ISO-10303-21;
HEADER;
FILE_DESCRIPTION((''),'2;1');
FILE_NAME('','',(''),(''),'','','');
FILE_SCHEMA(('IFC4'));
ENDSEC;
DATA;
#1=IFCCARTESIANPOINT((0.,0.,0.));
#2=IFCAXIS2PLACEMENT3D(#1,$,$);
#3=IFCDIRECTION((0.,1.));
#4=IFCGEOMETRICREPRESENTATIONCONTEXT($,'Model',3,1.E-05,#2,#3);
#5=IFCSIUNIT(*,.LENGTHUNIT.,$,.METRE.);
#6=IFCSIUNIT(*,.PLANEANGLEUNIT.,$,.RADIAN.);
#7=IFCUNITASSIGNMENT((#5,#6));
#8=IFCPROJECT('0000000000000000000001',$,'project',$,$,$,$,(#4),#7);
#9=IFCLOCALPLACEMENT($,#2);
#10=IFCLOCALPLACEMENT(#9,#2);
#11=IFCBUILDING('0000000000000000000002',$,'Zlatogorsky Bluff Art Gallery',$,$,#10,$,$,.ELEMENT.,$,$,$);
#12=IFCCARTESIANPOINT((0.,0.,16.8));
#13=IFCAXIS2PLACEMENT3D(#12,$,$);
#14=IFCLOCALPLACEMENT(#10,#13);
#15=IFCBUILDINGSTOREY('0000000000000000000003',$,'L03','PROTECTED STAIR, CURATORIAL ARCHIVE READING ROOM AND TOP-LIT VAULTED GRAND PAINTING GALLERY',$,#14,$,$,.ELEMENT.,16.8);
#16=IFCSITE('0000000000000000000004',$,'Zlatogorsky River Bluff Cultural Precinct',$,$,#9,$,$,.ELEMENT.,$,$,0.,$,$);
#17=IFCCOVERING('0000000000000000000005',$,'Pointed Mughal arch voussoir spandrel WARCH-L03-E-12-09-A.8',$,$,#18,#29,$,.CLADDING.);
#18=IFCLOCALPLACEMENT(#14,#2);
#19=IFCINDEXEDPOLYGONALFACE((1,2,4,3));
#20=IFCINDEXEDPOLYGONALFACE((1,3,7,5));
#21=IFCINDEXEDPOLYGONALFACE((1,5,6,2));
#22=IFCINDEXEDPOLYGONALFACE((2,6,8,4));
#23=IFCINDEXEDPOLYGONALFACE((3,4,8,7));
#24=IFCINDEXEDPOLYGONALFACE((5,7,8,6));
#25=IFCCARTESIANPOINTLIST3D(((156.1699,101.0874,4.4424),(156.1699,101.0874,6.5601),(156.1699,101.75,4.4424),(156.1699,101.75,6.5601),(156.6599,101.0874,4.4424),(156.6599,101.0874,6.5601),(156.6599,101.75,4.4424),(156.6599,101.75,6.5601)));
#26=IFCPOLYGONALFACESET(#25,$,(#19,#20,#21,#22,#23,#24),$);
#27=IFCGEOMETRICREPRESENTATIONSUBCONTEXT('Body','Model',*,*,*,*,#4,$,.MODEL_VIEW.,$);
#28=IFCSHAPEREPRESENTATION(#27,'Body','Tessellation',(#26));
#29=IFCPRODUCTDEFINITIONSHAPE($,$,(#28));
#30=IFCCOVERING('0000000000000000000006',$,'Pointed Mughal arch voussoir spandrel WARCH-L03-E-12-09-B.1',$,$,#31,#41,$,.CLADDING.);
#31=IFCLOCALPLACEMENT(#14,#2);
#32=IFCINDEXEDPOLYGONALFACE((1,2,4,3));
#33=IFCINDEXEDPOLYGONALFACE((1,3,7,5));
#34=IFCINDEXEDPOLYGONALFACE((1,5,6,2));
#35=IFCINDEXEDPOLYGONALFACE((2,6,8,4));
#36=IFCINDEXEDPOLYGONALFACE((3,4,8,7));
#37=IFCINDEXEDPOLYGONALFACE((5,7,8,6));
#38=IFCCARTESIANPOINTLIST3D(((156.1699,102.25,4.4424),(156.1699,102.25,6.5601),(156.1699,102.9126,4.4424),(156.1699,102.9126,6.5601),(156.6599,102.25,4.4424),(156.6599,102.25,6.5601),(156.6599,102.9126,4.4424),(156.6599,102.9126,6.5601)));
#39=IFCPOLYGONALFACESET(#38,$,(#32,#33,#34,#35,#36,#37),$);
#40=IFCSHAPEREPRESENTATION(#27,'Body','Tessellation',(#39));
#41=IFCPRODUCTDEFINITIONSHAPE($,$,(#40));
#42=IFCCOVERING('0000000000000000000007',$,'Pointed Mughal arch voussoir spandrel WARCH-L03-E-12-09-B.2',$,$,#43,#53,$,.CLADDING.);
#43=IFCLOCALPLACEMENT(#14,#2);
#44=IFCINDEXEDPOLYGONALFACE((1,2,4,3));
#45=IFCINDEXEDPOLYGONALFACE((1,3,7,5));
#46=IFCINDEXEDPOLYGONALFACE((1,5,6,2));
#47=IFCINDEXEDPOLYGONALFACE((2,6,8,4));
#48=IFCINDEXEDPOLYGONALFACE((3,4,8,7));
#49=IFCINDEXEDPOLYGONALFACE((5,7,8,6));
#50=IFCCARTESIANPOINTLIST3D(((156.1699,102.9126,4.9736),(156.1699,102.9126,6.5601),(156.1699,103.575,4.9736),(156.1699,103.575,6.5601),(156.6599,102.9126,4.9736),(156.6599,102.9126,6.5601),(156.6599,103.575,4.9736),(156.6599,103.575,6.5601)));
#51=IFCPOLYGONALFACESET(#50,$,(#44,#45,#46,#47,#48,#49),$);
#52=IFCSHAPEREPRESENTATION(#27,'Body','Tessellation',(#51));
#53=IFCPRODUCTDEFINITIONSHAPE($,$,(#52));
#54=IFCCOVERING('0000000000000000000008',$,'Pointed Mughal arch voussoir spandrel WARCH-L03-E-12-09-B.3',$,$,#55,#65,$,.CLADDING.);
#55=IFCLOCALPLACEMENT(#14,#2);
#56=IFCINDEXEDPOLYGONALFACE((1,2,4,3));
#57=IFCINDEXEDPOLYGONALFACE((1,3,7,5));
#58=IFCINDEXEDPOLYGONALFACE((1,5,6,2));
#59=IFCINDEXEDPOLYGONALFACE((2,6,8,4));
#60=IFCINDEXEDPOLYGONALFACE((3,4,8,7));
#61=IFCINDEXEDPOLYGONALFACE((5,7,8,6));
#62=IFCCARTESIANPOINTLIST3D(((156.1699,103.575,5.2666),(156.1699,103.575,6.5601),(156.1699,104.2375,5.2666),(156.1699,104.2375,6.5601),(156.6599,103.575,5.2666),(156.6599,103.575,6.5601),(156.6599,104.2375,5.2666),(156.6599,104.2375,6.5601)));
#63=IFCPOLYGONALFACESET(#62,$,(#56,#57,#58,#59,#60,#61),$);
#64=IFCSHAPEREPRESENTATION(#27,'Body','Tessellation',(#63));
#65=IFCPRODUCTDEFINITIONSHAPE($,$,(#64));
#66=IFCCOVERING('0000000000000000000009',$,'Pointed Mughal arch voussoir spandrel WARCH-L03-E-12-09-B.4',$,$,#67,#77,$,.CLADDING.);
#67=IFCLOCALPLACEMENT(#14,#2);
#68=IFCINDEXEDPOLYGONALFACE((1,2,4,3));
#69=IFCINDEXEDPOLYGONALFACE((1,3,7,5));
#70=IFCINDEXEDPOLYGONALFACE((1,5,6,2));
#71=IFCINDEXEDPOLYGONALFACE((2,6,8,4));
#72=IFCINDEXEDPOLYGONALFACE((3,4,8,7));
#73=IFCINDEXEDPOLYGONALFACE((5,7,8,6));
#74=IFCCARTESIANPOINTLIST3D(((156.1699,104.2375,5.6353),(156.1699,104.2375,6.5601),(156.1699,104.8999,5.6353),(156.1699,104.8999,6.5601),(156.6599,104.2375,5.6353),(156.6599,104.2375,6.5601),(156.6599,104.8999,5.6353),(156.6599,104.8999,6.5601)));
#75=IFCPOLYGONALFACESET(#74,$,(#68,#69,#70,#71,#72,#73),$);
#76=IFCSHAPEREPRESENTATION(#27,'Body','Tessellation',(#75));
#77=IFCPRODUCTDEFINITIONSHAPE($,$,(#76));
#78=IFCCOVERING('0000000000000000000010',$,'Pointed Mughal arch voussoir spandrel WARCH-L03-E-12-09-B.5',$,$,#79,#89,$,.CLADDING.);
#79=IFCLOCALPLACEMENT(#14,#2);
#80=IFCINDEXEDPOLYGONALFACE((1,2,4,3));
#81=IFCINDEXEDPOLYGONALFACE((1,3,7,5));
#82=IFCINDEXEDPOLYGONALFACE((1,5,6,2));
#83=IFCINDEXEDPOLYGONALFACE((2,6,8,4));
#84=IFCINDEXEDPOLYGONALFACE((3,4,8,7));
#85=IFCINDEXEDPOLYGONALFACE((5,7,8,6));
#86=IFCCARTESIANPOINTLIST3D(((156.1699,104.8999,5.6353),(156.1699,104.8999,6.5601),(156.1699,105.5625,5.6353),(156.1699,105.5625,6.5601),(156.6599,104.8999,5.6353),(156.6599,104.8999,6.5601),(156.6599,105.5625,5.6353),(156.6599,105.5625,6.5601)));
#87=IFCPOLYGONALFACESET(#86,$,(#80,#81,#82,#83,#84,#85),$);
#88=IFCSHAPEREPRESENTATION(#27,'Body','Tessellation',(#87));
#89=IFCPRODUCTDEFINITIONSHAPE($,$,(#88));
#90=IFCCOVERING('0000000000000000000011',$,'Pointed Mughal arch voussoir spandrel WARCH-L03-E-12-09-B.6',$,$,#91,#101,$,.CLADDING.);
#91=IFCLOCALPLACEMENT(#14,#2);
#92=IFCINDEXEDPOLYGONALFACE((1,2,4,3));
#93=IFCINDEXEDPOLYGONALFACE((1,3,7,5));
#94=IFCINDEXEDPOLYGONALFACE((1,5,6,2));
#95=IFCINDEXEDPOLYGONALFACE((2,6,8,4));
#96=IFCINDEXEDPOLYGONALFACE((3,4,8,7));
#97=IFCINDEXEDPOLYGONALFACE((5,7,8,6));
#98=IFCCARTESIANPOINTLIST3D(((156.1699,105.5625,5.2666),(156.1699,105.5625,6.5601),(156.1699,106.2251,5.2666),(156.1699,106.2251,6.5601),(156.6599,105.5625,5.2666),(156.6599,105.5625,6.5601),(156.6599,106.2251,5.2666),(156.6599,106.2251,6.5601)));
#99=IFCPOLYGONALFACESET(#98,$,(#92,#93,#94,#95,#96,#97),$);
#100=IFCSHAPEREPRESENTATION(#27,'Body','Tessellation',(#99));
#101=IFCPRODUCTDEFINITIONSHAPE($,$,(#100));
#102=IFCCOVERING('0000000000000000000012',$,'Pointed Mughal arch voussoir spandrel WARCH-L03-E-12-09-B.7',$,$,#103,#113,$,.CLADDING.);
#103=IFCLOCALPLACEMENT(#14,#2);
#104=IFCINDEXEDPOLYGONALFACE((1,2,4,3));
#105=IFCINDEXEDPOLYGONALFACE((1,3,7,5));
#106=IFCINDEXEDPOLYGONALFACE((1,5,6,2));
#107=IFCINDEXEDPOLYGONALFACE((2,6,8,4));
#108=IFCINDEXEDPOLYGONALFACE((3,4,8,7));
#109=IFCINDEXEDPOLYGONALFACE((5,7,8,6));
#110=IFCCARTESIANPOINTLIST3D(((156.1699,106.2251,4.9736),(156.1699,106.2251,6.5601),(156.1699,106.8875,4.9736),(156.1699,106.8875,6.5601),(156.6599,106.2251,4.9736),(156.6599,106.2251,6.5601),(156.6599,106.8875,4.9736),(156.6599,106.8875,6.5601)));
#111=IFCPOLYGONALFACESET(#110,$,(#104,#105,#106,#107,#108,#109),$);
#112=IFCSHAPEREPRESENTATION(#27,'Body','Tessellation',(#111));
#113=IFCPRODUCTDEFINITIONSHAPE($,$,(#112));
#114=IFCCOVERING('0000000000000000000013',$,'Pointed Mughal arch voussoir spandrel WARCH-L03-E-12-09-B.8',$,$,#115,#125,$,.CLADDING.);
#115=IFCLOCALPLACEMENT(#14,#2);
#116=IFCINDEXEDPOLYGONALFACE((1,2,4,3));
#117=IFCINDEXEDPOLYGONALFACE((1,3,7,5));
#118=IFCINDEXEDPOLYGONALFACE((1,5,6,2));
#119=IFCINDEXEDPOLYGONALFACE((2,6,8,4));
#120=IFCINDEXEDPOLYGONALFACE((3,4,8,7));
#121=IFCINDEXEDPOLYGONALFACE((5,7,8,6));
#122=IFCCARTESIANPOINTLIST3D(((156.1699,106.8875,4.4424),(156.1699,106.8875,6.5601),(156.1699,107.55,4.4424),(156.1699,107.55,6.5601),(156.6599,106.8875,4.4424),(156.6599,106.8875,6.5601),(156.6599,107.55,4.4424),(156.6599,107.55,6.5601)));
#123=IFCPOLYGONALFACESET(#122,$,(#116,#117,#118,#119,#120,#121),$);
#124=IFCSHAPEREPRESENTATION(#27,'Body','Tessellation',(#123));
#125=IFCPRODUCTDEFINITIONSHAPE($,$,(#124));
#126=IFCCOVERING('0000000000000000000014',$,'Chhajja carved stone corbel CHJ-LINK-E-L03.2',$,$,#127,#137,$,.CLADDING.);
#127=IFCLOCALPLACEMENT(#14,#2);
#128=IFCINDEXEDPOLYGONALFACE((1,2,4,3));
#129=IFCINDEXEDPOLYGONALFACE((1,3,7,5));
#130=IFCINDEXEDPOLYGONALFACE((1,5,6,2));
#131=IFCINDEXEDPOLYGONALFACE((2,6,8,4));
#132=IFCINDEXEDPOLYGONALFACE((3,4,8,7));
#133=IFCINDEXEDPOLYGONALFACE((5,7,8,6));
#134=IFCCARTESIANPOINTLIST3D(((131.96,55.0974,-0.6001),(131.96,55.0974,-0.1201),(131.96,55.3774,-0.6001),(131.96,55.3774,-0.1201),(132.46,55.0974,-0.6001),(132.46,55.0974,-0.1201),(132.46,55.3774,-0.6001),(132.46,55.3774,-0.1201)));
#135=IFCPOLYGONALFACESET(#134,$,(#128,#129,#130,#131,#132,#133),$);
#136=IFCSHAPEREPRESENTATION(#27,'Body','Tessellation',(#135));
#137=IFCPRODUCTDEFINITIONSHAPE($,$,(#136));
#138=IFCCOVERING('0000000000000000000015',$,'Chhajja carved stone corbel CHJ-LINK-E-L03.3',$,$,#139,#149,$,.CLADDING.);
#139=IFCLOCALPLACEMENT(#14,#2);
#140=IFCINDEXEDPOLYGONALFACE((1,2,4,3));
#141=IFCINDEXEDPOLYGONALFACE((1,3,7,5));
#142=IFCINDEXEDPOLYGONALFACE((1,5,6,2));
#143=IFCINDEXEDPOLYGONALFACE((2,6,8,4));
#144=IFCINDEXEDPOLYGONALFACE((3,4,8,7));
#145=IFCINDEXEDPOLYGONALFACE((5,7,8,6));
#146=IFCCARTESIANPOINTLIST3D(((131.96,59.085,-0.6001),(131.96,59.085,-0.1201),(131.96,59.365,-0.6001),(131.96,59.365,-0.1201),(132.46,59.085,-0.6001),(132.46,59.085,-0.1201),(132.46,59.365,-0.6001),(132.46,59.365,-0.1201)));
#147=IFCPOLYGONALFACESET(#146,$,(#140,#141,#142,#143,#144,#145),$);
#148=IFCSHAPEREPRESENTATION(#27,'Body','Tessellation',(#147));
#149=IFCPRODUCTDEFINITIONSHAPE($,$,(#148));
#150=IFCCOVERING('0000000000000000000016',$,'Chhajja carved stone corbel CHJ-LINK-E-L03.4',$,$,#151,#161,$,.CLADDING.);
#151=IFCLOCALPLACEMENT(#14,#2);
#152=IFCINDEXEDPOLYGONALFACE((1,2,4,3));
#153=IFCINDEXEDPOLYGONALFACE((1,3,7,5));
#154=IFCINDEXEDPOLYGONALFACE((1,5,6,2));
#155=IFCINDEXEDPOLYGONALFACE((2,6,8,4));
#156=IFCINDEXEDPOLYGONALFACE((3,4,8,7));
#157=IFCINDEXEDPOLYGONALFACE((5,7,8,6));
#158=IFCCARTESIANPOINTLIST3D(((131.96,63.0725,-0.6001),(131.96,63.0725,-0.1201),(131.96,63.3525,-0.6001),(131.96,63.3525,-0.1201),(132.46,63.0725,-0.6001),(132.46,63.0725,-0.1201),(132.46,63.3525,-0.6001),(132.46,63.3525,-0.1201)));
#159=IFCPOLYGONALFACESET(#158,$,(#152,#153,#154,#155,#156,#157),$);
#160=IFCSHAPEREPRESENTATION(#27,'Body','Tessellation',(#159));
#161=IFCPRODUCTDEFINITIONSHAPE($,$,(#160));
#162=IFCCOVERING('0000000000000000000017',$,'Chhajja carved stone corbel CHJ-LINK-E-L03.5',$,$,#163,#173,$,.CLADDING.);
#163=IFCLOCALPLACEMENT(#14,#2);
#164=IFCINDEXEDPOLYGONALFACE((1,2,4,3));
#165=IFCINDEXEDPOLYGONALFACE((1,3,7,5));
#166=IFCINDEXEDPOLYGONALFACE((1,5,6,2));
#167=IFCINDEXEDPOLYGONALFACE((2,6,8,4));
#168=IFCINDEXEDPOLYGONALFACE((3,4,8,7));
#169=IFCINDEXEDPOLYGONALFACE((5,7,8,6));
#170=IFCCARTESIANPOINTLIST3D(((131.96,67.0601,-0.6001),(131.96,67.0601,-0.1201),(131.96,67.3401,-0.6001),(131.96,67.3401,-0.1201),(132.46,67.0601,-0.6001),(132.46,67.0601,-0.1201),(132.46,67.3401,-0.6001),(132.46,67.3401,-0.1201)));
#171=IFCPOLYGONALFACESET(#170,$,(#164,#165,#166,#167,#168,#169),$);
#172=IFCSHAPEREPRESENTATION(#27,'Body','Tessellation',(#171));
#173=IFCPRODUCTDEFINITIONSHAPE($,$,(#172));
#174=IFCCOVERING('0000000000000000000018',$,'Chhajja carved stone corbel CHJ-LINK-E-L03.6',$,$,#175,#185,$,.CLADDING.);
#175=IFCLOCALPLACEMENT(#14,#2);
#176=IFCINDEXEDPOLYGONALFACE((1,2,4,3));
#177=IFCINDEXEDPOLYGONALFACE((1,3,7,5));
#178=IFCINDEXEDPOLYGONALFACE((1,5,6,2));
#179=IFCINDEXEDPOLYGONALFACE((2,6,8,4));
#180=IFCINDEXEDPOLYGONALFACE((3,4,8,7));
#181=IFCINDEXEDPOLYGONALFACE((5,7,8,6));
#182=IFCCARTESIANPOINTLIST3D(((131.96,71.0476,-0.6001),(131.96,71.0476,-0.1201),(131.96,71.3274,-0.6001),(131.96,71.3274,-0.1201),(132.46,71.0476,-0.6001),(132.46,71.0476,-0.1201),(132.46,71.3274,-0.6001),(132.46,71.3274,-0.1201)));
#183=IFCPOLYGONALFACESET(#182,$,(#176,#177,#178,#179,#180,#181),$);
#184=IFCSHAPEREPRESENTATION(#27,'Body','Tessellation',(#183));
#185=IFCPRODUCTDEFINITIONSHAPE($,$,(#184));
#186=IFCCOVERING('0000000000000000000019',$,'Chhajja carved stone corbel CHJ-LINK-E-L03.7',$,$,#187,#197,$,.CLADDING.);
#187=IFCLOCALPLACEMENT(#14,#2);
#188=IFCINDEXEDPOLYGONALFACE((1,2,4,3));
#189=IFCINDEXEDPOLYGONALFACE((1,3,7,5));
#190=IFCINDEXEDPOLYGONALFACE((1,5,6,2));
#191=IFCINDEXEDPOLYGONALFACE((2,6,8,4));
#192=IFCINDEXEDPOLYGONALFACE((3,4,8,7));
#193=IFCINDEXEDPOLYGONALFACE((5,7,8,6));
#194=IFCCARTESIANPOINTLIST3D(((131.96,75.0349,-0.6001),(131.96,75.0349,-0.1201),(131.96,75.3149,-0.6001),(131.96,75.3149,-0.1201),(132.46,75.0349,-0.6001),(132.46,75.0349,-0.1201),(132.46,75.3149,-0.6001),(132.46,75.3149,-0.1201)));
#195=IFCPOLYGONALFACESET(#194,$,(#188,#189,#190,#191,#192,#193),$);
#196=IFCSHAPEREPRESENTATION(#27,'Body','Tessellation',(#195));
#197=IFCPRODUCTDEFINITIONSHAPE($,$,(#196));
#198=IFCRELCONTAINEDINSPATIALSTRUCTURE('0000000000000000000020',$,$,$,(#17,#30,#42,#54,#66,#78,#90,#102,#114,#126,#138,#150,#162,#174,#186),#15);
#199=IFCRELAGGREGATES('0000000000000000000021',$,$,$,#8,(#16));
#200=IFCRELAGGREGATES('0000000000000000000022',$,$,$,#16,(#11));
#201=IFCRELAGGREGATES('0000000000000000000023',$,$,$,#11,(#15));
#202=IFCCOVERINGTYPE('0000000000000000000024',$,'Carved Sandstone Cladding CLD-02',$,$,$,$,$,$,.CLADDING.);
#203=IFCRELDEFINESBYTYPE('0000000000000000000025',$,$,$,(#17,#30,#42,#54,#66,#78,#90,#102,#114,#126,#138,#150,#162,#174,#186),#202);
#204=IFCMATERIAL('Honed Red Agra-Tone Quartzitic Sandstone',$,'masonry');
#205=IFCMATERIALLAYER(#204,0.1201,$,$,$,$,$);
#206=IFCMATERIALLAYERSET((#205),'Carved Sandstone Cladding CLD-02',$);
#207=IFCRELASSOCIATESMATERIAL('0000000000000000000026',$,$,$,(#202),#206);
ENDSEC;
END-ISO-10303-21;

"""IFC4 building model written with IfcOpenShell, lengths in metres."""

from ifc_helpers import new_model, si_unit, direction, frame, origin, place, context, subcontext, project, spatial, polyline, outline, extrude, material, layer, layer_set, type_object, element, save


model = new_model("IFC4")

# Units and contexts
model_context = context("Model", 3, precision=1e-05, world=origin(), true_north=direction((0.0, 1.0)))
body_context = subcontext(model_context, "Body", "Model", "MODEL_VIEW")
ifc_project = project(units=[si_unit("LENGTHUNIT", "METRE"), si_unit("PLANEANGLEUNIT", "RADIAN")], contexts=[model_context])

# Site, building, storey
site_placement = place(None, origin())
site = spatial("IfcSite", under=ifc_project, at=site_placement, Name="Zlatogorsky River Bluff Cultural Precinct", CompositionType="ELEMENT", RefElevation=0.0)
building_placement = place(site_placement, origin())
building = spatial("IfcBuilding", under=site, at=building_placement, Name="Zlatogorsky Bluff Art Gallery", CompositionType="ELEMENT")
storey_placement = place(building_placement, frame((0.0, 0.0, 16.8)))
storey = spatial("IfcBuildingStorey", under=building, at=storey_placement, Name="L03", Description="PROTECTED STAIR, CURATORIAL ARCHIVE READING ROOM AND TOP-LIT VAULTED GRAND PAINTING GALLERY", CompositionType="ELEMENT", Elevation=16.8)

# Coverings
ifc_material = material(Name="Honed Red Agra-Tone Quartzitic Sandstone", Category="masonry")
ifc_layer = layer(ifc_material, 0.1201)
ifc_layer_set = layer_set([ifc_layer], Name="Carved Sandstone Cladding CLD-02")
covering_type = type_object("IfcCoveringType", Name="Carved Sandstone Cladding CLD-02", PredefinedType="CLADDING", material=ifc_layer_set)
covering_1_placement = place(storey_placement, frame((0.0, 0.0, 4.4424)))
element("IfcCovering", 1, at=covering_1_placement, inside=storey, type_object=covering_type, Name="Pointed Mughal arch voussoir spandrel WARCH-L03-E-12-09-A.8", PredefinedType="CLADDING", context=body_context, shape_type="SweptSolid", body=[
    extrude(outline(polyline([(156.1699, 101.0874), (156.1699, 101.75), (156.6599, 101.75), (156.6599, 101.0874), (156.1699, 101.0874)])), origin(), (0.0, 0.0, 1.0), 2.1177),
])
covering_2_placement = place(storey_placement, frame((0.0, 0.0, 4.4424)))
element("IfcCovering", 2, at=covering_2_placement, inside=storey, type_object=covering_type, Name="Pointed Mughal arch voussoir spandrel WARCH-L03-E-12-09-B.1", PredefinedType="CLADDING", context=body_context, shape_type="SweptSolid", body=[
    extrude(outline(polyline([(156.1699, 102.25), (156.1699, 102.9126), (156.6599, 102.9126), (156.6599, 102.25), (156.1699, 102.25)])), origin(), (0.0, 0.0, 1.0), 2.1177),
])
covering_3_placement = place(storey_placement, frame((0.0, 0.0, 4.9736)))
element("IfcCovering", 3, at=covering_3_placement, inside=storey, type_object=covering_type, Name="Pointed Mughal arch voussoir spandrel WARCH-L03-E-12-09-B.2", PredefinedType="CLADDING", context=body_context, shape_type="SweptSolid", body=[
    extrude(outline(polyline([(156.1699, 102.9126), (156.1699, 103.575), (156.6599, 103.575), (156.6599, 102.9126), (156.1699, 102.9126)])), origin(), (0.0, 0.0, 1.0), 1.5864),
])
covering_4_placement = place(storey_placement, frame((0.0, 0.0, 5.2666)))
element("IfcCovering", 4, at=covering_4_placement, inside=storey, type_object=covering_type, Name="Pointed Mughal arch voussoir spandrel WARCH-L03-E-12-09-B.3", PredefinedType="CLADDING", context=body_context, shape_type="SweptSolid", body=[
    extrude(outline(polyline([(156.1699, 103.575), (156.1699, 104.2375), (156.6599, 104.2375), (156.6599, 103.575), (156.1699, 103.575)])), origin(), (0.0, 0.0, 1.0), 1.2935),
])
covering_5_placement = place(storey_placement, frame((0.0, 0.0, 5.6353)))
element("IfcCovering", 5, at=covering_5_placement, inside=storey, type_object=covering_type, Name="Pointed Mughal arch voussoir spandrel WARCH-L03-E-12-09-B.4", PredefinedType="CLADDING", context=body_context, shape_type="SweptSolid", body=[
    extrude(outline(polyline([(156.1699, 104.2375), (156.1699, 104.8999), (156.6599, 104.8999), (156.6599, 104.2375), (156.1699, 104.2375)])), origin(), (0.0, 0.0, 1.0), 0.9248),
])
covering_6_placement = place(storey_placement, frame((0.0, 0.0, 5.6353)))
element("IfcCovering", 6, at=covering_6_placement, inside=storey, type_object=covering_type, Name="Pointed Mughal arch voussoir spandrel WARCH-L03-E-12-09-B.5", PredefinedType="CLADDING", context=body_context, shape_type="SweptSolid", body=[
    extrude(outline(polyline([(156.1699, 104.8999), (156.1699, 105.5625), (156.6599, 105.5625), (156.6599, 104.8999), (156.1699, 104.8999)])), origin(), (0.0, 0.0, 1.0), 0.9248),
])
covering_7_placement = place(storey_placement, frame((0.0, 0.0, 5.2666)))
element("IfcCovering", 7, at=covering_7_placement, inside=storey, type_object=covering_type, Name="Pointed Mughal arch voussoir spandrel WARCH-L03-E-12-09-B.6", PredefinedType="CLADDING", context=body_context, shape_type="SweptSolid", body=[
    extrude(outline(polyline([(156.1699, 105.5625), (156.1699, 106.2251), (156.6599, 106.2251), (156.6599, 105.5625), (156.1699, 105.5625)])), origin(), (0.0, 0.0, 1.0), 1.2935),
])
covering_8_placement = place(storey_placement, frame((0.0, 0.0, 4.9736)))
element("IfcCovering", 8, at=covering_8_placement, inside=storey, type_object=covering_type, Name="Pointed Mughal arch voussoir spandrel WARCH-L03-E-12-09-B.7", PredefinedType="CLADDING", context=body_context, shape_type="SweptSolid", body=[
    extrude(outline(polyline([(156.1699, 106.2251), (156.1699, 106.8875), (156.6599, 106.8875), (156.6599, 106.2251), (156.1699, 106.2251)])), origin(), (0.0, 0.0, 1.0), 1.5864),
])
covering_9_placement = place(storey_placement, frame((0.0, 0.0, 4.4424)))
element("IfcCovering", 9, at=covering_9_placement, inside=storey, type_object=covering_type, Name="Pointed Mughal arch voussoir spandrel WARCH-L03-E-12-09-B.8", PredefinedType="CLADDING", context=body_context, shape_type="SweptSolid", body=[
    extrude(outline(polyline([(156.1699, 106.8875), (156.1699, 107.55), (156.6599, 107.55), (156.6599, 106.8875), (156.1699, 106.8875)])), origin(), (0.0, 0.0, 1.0), 2.1177),
])
covering_10_placement = place(storey_placement, frame((0.0, 0.0, -0.6001)))
element("IfcCovering", 10, at=covering_10_placement, inside=storey, type_object=covering_type, Name="Chhajja carved stone corbel CHJ-LINK-E-L03.2", PredefinedType="CLADDING", context=body_context, shape_type="SweptSolid", body=[
    extrude(outline(polyline([(131.96, 55.0974), (131.96, 55.3774), (132.46, 55.3774), (132.46, 55.0974), (131.96, 55.0974)])), origin(), (0.0, 0.0, 1.0), 0.48),
])
covering_11_placement = place(storey_placement, frame((0.0, 0.0, -0.6001)))
element("IfcCovering", 11, at=covering_11_placement, inside=storey, type_object=covering_type, Name="Chhajja carved stone corbel CHJ-LINK-E-L03.3", PredefinedType="CLADDING", context=body_context, shape_type="SweptSolid", body=[
    extrude(outline(polyline([(131.96, 59.085), (131.96, 59.365), (132.46, 59.365), (132.46, 59.085), (131.96, 59.085)])), origin(), (0.0, 0.0, 1.0), 0.48),
])
covering_12_placement = place(storey_placement, frame((0.0, 0.0, -0.6001)))
element("IfcCovering", 12, at=covering_12_placement, inside=storey, type_object=covering_type, Name="Chhajja carved stone corbel CHJ-LINK-E-L03.4", PredefinedType="CLADDING", context=body_context, shape_type="SweptSolid", body=[
    extrude(outline(polyline([(131.96, 63.0725), (131.96, 63.3525), (132.46, 63.3525), (132.46, 63.0725), (131.96, 63.0725)])), origin(), (0.0, 0.0, 1.0), 0.48),
])
covering_13_placement = place(storey_placement, frame((0.0, 0.0, -0.6001)))
element("IfcCovering", 13, at=covering_13_placement, inside=storey, type_object=covering_type, Name="Chhajja carved stone corbel CHJ-LINK-E-L03.5", PredefinedType="CLADDING", context=body_context, shape_type="SweptSolid", body=[
    extrude(outline(polyline([(131.96, 67.0601), (131.96, 67.3401), (132.46, 67.3401), (132.46, 67.0601), (131.96, 67.0601)])), origin(), (0.0, 0.0, 1.0), 0.48),
])
covering_14_placement = place(storey_placement, frame((0.0, 0.0, -0.6001)))
element("IfcCovering", 14, at=covering_14_placement, inside=storey, type_object=covering_type, Name="Chhajja carved stone corbel CHJ-LINK-E-L03.6", PredefinedType="CLADDING", context=body_context, shape_type="SweptSolid", body=[
    extrude(outline(polyline([(131.96, 71.0476), (131.96, 71.3274), (132.46, 71.3274), (132.46, 71.0476), (131.96, 71.0476)])), origin(), (0.0, 0.0, 1.0), 0.48),
])
covering_15_placement = place(storey_placement, frame((0.0, 0.0, -0.6001)))
element("IfcCovering", 15, at=covering_15_placement, inside=storey, type_object=covering_type, Name="Chhajja carved stone corbel CHJ-LINK-E-L03.7", PredefinedType="CLADDING", context=body_context, shape_type="SweptSolid", body=[
    extrude(outline(polyline([(131.96, 75.0349), (131.96, 75.3149), (132.46, 75.3149), (132.46, 75.0349), (131.96, 75.0349)])), origin(), (0.0, 0.0, 1.0), 0.48),
])

save(model, "model.ifc")
